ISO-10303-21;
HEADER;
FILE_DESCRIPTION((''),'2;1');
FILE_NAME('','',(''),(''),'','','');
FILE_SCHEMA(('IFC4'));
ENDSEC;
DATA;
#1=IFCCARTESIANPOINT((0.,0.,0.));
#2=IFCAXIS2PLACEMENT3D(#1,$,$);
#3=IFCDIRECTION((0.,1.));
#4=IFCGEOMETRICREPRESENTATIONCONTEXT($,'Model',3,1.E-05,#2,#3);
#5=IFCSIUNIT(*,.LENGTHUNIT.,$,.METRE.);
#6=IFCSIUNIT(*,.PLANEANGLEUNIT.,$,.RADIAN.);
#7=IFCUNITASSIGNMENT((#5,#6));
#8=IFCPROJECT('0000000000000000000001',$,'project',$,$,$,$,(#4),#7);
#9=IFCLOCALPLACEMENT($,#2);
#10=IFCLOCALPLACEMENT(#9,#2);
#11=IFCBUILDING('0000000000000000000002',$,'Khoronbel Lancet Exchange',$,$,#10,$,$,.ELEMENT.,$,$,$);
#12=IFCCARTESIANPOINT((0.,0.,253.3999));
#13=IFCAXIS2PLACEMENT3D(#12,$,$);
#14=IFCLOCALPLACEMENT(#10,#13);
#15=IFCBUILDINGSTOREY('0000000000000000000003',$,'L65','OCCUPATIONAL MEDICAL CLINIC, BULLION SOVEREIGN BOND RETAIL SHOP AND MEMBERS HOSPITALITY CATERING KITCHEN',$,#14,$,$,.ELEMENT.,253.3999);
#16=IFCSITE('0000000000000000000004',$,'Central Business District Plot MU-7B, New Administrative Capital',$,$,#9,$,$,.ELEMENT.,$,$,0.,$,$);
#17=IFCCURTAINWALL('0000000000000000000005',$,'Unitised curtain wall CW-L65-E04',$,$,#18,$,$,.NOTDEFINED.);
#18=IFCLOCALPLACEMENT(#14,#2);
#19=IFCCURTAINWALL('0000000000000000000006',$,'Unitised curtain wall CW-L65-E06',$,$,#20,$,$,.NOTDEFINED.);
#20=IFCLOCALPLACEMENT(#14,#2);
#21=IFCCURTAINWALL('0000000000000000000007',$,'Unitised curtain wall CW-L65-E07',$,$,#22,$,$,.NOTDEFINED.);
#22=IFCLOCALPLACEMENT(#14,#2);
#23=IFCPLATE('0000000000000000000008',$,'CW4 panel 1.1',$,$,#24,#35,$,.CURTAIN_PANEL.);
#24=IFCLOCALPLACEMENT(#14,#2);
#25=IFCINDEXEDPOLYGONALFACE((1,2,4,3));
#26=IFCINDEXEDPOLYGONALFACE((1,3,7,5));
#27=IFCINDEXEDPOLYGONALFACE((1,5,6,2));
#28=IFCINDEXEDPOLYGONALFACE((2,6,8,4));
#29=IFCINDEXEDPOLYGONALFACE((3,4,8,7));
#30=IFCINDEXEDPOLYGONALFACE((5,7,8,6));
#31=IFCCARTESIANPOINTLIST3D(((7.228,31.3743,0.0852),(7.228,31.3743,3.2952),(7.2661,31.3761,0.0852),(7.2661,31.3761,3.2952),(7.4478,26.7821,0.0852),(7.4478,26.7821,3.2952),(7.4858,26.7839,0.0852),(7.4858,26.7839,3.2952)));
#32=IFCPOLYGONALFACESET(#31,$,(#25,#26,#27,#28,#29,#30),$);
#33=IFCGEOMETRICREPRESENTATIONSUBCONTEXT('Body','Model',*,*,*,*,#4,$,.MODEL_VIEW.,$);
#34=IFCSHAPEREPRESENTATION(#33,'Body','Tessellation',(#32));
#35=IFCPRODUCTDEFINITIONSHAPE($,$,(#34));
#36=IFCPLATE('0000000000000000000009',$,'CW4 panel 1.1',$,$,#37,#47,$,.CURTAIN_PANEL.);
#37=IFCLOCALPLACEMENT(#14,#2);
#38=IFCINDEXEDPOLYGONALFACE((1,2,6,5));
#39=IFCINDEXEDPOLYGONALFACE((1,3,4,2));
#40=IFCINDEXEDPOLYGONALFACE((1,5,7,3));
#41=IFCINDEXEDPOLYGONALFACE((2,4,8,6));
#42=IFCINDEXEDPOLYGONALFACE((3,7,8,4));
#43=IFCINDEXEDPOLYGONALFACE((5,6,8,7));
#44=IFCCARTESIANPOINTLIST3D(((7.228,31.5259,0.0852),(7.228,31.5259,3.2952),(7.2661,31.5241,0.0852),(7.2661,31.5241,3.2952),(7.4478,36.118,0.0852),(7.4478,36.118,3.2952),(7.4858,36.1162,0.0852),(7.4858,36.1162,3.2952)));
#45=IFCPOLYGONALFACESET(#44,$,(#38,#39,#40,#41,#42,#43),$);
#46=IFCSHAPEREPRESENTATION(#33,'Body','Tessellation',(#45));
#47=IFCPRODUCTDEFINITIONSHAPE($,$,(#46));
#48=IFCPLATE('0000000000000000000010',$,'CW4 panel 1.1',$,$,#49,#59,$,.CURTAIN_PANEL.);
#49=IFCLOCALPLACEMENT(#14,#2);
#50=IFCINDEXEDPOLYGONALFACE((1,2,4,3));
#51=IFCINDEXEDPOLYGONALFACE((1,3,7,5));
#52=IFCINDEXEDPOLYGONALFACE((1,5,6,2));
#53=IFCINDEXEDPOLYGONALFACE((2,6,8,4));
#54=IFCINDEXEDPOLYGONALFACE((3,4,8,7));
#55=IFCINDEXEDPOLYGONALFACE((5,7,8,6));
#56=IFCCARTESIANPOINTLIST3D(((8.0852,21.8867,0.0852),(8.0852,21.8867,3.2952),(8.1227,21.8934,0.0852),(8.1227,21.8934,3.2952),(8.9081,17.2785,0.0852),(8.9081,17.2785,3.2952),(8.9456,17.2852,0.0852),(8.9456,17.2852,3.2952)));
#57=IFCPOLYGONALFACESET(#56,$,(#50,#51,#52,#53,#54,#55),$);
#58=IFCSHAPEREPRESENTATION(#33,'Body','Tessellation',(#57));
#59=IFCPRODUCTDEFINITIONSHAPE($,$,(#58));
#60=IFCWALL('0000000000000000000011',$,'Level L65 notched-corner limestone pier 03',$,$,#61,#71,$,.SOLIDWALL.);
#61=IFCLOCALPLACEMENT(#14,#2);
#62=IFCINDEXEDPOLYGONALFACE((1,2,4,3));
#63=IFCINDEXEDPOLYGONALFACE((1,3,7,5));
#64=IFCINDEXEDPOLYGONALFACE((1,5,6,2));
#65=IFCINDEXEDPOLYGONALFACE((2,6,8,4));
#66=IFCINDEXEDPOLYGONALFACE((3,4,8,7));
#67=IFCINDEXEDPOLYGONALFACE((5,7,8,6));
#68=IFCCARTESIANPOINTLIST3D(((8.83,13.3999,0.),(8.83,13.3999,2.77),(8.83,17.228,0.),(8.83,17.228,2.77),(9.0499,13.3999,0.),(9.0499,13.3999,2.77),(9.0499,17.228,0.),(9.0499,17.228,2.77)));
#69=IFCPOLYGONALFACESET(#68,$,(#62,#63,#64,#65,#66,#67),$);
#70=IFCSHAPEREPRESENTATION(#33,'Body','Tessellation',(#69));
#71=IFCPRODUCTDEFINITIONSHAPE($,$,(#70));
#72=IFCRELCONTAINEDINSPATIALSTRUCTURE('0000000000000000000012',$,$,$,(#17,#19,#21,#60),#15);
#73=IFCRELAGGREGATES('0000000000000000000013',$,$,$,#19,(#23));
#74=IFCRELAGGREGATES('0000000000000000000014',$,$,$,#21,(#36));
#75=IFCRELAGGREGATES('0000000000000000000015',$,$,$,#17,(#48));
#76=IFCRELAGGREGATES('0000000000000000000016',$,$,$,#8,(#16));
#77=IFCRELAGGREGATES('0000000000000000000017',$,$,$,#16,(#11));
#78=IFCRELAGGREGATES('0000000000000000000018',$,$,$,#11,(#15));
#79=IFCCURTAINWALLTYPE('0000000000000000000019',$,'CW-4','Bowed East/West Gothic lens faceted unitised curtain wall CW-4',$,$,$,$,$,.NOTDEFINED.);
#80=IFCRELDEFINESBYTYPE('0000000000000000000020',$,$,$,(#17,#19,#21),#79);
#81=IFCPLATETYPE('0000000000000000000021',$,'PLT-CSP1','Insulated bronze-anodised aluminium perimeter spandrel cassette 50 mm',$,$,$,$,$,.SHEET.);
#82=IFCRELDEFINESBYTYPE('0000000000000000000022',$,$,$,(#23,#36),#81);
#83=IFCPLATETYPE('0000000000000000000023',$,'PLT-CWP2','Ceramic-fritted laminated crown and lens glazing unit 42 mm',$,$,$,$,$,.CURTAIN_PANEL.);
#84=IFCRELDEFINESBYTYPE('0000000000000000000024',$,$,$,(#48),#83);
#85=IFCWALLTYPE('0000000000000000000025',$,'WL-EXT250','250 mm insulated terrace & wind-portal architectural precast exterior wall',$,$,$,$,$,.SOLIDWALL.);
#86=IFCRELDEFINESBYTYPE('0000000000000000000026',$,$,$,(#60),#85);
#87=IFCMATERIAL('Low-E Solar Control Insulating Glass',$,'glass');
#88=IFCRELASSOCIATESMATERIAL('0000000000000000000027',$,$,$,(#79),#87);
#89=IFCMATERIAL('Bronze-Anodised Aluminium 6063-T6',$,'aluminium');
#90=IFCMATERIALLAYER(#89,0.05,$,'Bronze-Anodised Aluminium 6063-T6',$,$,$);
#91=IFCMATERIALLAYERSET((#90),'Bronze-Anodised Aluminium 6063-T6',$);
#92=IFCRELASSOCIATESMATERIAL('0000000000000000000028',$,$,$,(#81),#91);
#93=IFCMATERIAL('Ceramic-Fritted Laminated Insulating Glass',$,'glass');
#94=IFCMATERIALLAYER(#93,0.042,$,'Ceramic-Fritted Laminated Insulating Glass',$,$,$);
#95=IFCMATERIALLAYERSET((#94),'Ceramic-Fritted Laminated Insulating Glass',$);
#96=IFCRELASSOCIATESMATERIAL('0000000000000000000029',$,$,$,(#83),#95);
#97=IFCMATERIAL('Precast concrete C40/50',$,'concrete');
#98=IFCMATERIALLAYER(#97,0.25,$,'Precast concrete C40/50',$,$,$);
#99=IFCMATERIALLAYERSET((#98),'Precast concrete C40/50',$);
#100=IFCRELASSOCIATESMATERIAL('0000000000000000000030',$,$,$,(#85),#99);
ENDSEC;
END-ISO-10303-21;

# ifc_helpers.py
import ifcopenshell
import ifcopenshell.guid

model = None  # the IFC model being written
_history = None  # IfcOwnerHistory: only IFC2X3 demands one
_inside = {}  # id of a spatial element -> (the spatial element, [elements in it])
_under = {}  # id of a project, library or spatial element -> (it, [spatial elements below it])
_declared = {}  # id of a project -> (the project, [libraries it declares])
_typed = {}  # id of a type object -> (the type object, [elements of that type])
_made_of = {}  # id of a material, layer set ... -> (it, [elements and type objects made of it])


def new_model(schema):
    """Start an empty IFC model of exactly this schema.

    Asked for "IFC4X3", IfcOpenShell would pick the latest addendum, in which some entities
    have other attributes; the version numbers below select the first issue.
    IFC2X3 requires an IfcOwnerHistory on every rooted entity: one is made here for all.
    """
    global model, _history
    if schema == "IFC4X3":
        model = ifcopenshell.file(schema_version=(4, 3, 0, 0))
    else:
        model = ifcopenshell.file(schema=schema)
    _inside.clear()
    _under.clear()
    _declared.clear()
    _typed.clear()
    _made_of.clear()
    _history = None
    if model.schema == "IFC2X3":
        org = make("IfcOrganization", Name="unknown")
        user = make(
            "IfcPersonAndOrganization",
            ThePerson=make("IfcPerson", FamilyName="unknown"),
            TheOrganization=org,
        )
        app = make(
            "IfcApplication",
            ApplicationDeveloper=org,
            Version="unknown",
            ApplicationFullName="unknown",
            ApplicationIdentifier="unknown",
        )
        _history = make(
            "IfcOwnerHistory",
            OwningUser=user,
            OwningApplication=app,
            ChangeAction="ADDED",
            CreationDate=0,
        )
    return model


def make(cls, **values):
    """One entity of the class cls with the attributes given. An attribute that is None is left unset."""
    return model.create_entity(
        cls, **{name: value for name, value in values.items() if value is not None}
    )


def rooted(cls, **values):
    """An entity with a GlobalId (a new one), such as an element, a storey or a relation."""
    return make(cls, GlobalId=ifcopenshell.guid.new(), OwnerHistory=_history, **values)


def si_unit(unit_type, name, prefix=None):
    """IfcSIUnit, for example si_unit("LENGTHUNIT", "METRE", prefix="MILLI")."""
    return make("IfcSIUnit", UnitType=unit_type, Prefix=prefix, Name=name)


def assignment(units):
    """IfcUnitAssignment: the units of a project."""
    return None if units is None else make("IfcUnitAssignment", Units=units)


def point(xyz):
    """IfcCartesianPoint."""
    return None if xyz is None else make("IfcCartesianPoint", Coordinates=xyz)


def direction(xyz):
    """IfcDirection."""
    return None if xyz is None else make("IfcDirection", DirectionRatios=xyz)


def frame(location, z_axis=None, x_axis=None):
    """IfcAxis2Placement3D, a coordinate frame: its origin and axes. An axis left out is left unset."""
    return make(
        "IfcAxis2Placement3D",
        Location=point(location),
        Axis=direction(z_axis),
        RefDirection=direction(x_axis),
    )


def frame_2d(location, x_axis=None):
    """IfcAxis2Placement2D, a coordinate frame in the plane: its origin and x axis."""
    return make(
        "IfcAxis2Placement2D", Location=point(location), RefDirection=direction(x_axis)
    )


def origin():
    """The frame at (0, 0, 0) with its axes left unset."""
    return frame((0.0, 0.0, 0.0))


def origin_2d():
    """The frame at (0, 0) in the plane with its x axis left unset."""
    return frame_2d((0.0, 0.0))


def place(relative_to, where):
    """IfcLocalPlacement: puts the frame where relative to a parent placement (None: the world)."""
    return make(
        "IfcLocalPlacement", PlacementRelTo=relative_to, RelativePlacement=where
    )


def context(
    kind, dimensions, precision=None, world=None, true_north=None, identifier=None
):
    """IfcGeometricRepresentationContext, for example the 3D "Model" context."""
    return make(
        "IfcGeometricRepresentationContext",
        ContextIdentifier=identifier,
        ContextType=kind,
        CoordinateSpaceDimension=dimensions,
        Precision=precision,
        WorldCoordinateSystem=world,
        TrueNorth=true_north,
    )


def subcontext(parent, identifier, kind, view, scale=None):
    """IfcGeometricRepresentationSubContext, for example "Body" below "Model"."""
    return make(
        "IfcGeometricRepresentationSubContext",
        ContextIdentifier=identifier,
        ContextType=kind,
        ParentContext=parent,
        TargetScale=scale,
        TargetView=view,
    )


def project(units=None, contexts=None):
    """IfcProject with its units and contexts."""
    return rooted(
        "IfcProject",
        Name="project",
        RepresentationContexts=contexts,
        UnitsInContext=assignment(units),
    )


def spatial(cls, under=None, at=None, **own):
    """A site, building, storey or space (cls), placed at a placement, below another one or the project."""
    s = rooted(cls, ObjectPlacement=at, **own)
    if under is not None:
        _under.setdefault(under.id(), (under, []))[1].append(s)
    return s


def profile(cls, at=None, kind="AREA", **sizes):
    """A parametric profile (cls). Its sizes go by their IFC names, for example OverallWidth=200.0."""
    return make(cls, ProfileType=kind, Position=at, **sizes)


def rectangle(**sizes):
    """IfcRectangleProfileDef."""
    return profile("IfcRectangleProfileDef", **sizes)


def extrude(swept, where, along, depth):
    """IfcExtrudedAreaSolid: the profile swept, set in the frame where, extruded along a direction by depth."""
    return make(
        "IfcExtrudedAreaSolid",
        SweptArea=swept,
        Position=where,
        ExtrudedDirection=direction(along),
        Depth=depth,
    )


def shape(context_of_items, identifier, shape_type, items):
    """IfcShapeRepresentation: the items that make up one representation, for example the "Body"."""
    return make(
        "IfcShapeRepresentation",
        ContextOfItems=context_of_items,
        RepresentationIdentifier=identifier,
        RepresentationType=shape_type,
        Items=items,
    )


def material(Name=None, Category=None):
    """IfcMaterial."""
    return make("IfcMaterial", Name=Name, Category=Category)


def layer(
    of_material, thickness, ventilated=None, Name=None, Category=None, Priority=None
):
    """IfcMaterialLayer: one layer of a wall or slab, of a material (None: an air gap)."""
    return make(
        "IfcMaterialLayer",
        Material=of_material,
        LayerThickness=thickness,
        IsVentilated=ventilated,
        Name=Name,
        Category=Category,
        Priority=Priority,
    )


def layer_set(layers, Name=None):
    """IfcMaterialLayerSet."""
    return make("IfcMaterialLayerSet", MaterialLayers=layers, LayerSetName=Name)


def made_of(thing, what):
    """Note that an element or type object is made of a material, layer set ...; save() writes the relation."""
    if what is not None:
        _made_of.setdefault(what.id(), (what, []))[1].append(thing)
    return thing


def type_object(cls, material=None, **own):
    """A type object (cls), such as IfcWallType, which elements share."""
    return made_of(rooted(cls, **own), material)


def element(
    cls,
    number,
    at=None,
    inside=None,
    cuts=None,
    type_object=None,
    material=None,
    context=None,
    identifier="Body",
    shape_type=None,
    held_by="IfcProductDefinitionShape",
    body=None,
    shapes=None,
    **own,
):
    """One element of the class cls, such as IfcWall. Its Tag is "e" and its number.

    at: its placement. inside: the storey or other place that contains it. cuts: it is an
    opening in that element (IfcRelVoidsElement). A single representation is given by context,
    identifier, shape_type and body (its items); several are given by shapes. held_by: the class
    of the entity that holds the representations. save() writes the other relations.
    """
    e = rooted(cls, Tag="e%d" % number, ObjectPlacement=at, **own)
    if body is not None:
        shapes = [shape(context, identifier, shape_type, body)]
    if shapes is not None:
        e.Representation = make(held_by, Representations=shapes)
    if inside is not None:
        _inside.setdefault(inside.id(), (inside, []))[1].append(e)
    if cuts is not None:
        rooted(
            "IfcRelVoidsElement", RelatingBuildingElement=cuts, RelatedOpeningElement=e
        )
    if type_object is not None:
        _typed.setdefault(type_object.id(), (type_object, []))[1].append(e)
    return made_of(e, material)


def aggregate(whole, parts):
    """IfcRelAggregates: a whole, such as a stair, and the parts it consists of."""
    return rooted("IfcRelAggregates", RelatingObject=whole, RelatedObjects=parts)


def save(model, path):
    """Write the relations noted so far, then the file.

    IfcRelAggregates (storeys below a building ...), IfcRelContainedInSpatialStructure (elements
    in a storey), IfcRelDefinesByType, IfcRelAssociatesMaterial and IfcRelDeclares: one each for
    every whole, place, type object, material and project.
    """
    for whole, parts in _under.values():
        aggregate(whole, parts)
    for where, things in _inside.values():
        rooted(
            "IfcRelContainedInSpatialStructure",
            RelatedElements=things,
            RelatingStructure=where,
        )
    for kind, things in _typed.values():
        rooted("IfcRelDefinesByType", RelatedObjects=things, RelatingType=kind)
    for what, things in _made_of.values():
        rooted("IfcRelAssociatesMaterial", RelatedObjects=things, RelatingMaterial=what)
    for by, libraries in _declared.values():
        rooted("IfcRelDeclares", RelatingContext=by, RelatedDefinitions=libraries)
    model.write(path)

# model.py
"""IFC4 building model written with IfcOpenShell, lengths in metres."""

from ifc_helpers import new_model, si_unit, direction, frame, frame_2d, origin, origin_2d, place, context, subcontext, project, spatial, rectangle, extrude, material, layer, layer_set, type_object, element, aggregate, save


model = new_model("IFC4")

# Units and contexts
model_context = context("Model", 3, precision=1e-05, world=origin(), true_north=direction((0.0, 1.0)))
body_context = subcontext(model_context, "Body", "Model", "MODEL_VIEW")
ifc_project = project(units=[si_unit("LENGTHUNIT", "METRE"), si_unit("PLANEANGLEUNIT", "RADIAN")], contexts=[model_context])

# Site, building, storey
site_placement = place(None, origin())
site = spatial("IfcSite", under=ifc_project, at=site_placement, Name="Central Business District Plot MU-7B, New Administrative Capital", CompositionType="ELEMENT", RefElevation=0.0)
building_placement = place(site_placement, origin())
building = spatial("IfcBuilding", under=site, at=building_placement, Name="Khoronbel Lancet Exchange", CompositionType="ELEMENT")
storey_placement = place(building_placement, frame((0.0, 0.0, 253.3999)))
storey = spatial("IfcBuildingStorey", under=building, at=storey_placement, Name="L65", Description="OCCUPATIONAL MEDICAL CLINIC, BULLION SOVEREIGN BOND RETAIL SHOP AND MEMBERS HOSPITALITY CATERING KITCHEN", CompositionType="ELEMENT", Elevation=253.3999)

# Curtain walls
ifc_material_1 = material(Name="Low-E Solar Control Insulating Glass", Category="glass")
curtain_wall_type = type_object("IfcCurtainWallType", Name="CW-4", Description="Bowed East/West Gothic lens faceted unitised curtain wall CW-4", PredefinedType="NOTDEFINED", material=ifc_material_1)
curtain_wall_1_placement = place(storey_placement, origin())
curtain_wall_1 = element("IfcCurtainWall", 1, at=curtain_wall_1_placement, inside=storey, type_object=curtain_wall_type, Name="Unitised curtain wall CW-L65-E04", PredefinedType="NOTDEFINED")
ifc_material_2 = material(Name="Bronze-Anodised Aluminium 6063-T6", Category="aluminium")
curtain_wall_2_placement = place(storey_placement, origin())
curtain_wall_2 = element("IfcCurtainWall", 2, at=curtain_wall_2_placement, inside=storey, type_object=curtain_wall_type, Name="Unitised curtain wall CW-L65-E06", PredefinedType="NOTDEFINED")

# Curtain wall
curtain_wall_3_placement = place(storey_placement, origin())
curtain_wall_3 = element("IfcCurtainWall", 3, at=curtain_wall_3_placement, inside=storey, type_object=curtain_wall_type, Name="Unitised curtain wall CW-L65-E07", PredefinedType="NOTDEFINED")

# Plates
ifc_layer_1 = layer(ifc_material_2, 0.05, Name="Bronze-Anodised Aluminium 6063-T6")
ifc_layer_set_1 = layer_set([ifc_layer_1], Name="Bronze-Anodised Aluminium 6063-T6")
plate_type_1 = type_object("IfcPlateType", Name="PLT-CSP1", Description="Insulated bronze-anodised aluminium perimeter spandrel cassette 50 mm", PredefinedType="SHEET", material=ifc_layer_set_1)
plate_1_placement = place(storey_placement, frame((7.3569, 29.0791, 0.0852), z_axis=(0.0, 0.0, 1.0), x_axis=(-0.047794, 0.998857, 0.0)))
plate_1 = element("IfcPlate", 4, at=plate_1_placement, type_object=plate_type_1, Name="CW4 panel 1.1", PredefinedType="CURTAIN_PANEL", context=body_context, shape_type="SweptSolid", body=[
    extrude(rectangle(XDim=4.5974, YDim=0.0381, at=origin_2d()), origin(), (0.0, 0.0, 1.0), 3.21),
])
aggregate(curtain_wall_2, [plate_1])
plate_2_placement = place(storey_placement, frame((7.3569, 33.821, 0.0852), z_axis=(0.0, 0.0, 1.0), x_axis=(0.047794, 0.998857, 0.0)))
plate_2 = element("IfcPlate", 5, at=plate_2_placement, type_object=plate_type_1, Name="CW4 panel 1.1", PredefinedType="CURTAIN_PANEL", context=body_context, shape_type="SweptSolid", body=[
    extrude(rectangle(XDim=4.5974, YDim=0.0381, at=origin_2d()), origin(), (0.0, 0.0, 1.0), 3.21),
])
aggregate(curtain_wall_3, [plate_2])
ifc_material_3 = material(Name="Ceramic-Fritted Laminated Insulating Glass", Category="glass")
ifc_layer_2 = layer(ifc_material_3, 0.042, Name="Ceramic-Fritted Laminated Insulating Glass")
ifc_layer_set_2 = layer_set([ifc_layer_2], Name="Ceramic-Fritted Laminated Insulating Glass")
plate_type_2 = type_object("IfcPlateType", Name="PLT-CWP2", Description="Ceramic-fritted laminated crown and lens glazing unit 42 mm", PredefinedType="CURTAIN_PANEL", material=ifc_layer_set_2)
plate_3_placement = place(storey_placement, frame((8.5154, 19.5859, 0.0852), z_axis=(0.0, 0.0, 1.0), x_axis=(-0.175801, 0.984426, 0.0)))
plate_3 = element("IfcPlate", 6, at=plate_3_placement, type_object=plate_type_2, Name="CW4 panel 1.1", PredefinedType="CURTAIN_PANEL", context=body_context, shape_type="SweptSolid", body=[
    extrude(rectangle(XDim=4.6812, YDim=0.0381, at=origin_2d()), origin(), (0.0, 0.0, 1.0), 3.21),
])
aggregate(curtain_wall_1, [plate_3])

# Wall
ifc_material_4 = material(Name="Precast concrete C40/50", Category="concrete")
ifc_layer_3 = layer(ifc_material_4, 0.25, Name="Precast concrete C40/50")
ifc_layer_set_3 = layer_set([ifc_layer_3], Name="Precast concrete C40/50")
wall_type = type_object("IfcWallType", Name="WL-EXT250", Description="250 mm insulated terrace & wind-portal architectural precast exterior wall", PredefinedType="SOLIDWALL", material=ifc_layer_set_3)
wall_placement = place(storey_placement, frame((8.9399, 13.3999, 0.0), z_axis=(0.0, 0.0, 1.0), x_axis=(0.0, 1.0, 0.0)))
element("IfcWall", 7, at=wall_placement, inside=storey, type_object=wall_type, Name="Level L65 notched-corner limestone pier 03", PredefinedType="SOLIDWALL", context=body_context, shape_type="SweptSolid", body=[
    extrude(rectangle(XDim=3.8281, YDim=0.22, at=frame_2d((1.9141, 0.0))), origin(), (0.0, 0.0, 1.0), 2.77),
])

save(model, "model.ifc")
